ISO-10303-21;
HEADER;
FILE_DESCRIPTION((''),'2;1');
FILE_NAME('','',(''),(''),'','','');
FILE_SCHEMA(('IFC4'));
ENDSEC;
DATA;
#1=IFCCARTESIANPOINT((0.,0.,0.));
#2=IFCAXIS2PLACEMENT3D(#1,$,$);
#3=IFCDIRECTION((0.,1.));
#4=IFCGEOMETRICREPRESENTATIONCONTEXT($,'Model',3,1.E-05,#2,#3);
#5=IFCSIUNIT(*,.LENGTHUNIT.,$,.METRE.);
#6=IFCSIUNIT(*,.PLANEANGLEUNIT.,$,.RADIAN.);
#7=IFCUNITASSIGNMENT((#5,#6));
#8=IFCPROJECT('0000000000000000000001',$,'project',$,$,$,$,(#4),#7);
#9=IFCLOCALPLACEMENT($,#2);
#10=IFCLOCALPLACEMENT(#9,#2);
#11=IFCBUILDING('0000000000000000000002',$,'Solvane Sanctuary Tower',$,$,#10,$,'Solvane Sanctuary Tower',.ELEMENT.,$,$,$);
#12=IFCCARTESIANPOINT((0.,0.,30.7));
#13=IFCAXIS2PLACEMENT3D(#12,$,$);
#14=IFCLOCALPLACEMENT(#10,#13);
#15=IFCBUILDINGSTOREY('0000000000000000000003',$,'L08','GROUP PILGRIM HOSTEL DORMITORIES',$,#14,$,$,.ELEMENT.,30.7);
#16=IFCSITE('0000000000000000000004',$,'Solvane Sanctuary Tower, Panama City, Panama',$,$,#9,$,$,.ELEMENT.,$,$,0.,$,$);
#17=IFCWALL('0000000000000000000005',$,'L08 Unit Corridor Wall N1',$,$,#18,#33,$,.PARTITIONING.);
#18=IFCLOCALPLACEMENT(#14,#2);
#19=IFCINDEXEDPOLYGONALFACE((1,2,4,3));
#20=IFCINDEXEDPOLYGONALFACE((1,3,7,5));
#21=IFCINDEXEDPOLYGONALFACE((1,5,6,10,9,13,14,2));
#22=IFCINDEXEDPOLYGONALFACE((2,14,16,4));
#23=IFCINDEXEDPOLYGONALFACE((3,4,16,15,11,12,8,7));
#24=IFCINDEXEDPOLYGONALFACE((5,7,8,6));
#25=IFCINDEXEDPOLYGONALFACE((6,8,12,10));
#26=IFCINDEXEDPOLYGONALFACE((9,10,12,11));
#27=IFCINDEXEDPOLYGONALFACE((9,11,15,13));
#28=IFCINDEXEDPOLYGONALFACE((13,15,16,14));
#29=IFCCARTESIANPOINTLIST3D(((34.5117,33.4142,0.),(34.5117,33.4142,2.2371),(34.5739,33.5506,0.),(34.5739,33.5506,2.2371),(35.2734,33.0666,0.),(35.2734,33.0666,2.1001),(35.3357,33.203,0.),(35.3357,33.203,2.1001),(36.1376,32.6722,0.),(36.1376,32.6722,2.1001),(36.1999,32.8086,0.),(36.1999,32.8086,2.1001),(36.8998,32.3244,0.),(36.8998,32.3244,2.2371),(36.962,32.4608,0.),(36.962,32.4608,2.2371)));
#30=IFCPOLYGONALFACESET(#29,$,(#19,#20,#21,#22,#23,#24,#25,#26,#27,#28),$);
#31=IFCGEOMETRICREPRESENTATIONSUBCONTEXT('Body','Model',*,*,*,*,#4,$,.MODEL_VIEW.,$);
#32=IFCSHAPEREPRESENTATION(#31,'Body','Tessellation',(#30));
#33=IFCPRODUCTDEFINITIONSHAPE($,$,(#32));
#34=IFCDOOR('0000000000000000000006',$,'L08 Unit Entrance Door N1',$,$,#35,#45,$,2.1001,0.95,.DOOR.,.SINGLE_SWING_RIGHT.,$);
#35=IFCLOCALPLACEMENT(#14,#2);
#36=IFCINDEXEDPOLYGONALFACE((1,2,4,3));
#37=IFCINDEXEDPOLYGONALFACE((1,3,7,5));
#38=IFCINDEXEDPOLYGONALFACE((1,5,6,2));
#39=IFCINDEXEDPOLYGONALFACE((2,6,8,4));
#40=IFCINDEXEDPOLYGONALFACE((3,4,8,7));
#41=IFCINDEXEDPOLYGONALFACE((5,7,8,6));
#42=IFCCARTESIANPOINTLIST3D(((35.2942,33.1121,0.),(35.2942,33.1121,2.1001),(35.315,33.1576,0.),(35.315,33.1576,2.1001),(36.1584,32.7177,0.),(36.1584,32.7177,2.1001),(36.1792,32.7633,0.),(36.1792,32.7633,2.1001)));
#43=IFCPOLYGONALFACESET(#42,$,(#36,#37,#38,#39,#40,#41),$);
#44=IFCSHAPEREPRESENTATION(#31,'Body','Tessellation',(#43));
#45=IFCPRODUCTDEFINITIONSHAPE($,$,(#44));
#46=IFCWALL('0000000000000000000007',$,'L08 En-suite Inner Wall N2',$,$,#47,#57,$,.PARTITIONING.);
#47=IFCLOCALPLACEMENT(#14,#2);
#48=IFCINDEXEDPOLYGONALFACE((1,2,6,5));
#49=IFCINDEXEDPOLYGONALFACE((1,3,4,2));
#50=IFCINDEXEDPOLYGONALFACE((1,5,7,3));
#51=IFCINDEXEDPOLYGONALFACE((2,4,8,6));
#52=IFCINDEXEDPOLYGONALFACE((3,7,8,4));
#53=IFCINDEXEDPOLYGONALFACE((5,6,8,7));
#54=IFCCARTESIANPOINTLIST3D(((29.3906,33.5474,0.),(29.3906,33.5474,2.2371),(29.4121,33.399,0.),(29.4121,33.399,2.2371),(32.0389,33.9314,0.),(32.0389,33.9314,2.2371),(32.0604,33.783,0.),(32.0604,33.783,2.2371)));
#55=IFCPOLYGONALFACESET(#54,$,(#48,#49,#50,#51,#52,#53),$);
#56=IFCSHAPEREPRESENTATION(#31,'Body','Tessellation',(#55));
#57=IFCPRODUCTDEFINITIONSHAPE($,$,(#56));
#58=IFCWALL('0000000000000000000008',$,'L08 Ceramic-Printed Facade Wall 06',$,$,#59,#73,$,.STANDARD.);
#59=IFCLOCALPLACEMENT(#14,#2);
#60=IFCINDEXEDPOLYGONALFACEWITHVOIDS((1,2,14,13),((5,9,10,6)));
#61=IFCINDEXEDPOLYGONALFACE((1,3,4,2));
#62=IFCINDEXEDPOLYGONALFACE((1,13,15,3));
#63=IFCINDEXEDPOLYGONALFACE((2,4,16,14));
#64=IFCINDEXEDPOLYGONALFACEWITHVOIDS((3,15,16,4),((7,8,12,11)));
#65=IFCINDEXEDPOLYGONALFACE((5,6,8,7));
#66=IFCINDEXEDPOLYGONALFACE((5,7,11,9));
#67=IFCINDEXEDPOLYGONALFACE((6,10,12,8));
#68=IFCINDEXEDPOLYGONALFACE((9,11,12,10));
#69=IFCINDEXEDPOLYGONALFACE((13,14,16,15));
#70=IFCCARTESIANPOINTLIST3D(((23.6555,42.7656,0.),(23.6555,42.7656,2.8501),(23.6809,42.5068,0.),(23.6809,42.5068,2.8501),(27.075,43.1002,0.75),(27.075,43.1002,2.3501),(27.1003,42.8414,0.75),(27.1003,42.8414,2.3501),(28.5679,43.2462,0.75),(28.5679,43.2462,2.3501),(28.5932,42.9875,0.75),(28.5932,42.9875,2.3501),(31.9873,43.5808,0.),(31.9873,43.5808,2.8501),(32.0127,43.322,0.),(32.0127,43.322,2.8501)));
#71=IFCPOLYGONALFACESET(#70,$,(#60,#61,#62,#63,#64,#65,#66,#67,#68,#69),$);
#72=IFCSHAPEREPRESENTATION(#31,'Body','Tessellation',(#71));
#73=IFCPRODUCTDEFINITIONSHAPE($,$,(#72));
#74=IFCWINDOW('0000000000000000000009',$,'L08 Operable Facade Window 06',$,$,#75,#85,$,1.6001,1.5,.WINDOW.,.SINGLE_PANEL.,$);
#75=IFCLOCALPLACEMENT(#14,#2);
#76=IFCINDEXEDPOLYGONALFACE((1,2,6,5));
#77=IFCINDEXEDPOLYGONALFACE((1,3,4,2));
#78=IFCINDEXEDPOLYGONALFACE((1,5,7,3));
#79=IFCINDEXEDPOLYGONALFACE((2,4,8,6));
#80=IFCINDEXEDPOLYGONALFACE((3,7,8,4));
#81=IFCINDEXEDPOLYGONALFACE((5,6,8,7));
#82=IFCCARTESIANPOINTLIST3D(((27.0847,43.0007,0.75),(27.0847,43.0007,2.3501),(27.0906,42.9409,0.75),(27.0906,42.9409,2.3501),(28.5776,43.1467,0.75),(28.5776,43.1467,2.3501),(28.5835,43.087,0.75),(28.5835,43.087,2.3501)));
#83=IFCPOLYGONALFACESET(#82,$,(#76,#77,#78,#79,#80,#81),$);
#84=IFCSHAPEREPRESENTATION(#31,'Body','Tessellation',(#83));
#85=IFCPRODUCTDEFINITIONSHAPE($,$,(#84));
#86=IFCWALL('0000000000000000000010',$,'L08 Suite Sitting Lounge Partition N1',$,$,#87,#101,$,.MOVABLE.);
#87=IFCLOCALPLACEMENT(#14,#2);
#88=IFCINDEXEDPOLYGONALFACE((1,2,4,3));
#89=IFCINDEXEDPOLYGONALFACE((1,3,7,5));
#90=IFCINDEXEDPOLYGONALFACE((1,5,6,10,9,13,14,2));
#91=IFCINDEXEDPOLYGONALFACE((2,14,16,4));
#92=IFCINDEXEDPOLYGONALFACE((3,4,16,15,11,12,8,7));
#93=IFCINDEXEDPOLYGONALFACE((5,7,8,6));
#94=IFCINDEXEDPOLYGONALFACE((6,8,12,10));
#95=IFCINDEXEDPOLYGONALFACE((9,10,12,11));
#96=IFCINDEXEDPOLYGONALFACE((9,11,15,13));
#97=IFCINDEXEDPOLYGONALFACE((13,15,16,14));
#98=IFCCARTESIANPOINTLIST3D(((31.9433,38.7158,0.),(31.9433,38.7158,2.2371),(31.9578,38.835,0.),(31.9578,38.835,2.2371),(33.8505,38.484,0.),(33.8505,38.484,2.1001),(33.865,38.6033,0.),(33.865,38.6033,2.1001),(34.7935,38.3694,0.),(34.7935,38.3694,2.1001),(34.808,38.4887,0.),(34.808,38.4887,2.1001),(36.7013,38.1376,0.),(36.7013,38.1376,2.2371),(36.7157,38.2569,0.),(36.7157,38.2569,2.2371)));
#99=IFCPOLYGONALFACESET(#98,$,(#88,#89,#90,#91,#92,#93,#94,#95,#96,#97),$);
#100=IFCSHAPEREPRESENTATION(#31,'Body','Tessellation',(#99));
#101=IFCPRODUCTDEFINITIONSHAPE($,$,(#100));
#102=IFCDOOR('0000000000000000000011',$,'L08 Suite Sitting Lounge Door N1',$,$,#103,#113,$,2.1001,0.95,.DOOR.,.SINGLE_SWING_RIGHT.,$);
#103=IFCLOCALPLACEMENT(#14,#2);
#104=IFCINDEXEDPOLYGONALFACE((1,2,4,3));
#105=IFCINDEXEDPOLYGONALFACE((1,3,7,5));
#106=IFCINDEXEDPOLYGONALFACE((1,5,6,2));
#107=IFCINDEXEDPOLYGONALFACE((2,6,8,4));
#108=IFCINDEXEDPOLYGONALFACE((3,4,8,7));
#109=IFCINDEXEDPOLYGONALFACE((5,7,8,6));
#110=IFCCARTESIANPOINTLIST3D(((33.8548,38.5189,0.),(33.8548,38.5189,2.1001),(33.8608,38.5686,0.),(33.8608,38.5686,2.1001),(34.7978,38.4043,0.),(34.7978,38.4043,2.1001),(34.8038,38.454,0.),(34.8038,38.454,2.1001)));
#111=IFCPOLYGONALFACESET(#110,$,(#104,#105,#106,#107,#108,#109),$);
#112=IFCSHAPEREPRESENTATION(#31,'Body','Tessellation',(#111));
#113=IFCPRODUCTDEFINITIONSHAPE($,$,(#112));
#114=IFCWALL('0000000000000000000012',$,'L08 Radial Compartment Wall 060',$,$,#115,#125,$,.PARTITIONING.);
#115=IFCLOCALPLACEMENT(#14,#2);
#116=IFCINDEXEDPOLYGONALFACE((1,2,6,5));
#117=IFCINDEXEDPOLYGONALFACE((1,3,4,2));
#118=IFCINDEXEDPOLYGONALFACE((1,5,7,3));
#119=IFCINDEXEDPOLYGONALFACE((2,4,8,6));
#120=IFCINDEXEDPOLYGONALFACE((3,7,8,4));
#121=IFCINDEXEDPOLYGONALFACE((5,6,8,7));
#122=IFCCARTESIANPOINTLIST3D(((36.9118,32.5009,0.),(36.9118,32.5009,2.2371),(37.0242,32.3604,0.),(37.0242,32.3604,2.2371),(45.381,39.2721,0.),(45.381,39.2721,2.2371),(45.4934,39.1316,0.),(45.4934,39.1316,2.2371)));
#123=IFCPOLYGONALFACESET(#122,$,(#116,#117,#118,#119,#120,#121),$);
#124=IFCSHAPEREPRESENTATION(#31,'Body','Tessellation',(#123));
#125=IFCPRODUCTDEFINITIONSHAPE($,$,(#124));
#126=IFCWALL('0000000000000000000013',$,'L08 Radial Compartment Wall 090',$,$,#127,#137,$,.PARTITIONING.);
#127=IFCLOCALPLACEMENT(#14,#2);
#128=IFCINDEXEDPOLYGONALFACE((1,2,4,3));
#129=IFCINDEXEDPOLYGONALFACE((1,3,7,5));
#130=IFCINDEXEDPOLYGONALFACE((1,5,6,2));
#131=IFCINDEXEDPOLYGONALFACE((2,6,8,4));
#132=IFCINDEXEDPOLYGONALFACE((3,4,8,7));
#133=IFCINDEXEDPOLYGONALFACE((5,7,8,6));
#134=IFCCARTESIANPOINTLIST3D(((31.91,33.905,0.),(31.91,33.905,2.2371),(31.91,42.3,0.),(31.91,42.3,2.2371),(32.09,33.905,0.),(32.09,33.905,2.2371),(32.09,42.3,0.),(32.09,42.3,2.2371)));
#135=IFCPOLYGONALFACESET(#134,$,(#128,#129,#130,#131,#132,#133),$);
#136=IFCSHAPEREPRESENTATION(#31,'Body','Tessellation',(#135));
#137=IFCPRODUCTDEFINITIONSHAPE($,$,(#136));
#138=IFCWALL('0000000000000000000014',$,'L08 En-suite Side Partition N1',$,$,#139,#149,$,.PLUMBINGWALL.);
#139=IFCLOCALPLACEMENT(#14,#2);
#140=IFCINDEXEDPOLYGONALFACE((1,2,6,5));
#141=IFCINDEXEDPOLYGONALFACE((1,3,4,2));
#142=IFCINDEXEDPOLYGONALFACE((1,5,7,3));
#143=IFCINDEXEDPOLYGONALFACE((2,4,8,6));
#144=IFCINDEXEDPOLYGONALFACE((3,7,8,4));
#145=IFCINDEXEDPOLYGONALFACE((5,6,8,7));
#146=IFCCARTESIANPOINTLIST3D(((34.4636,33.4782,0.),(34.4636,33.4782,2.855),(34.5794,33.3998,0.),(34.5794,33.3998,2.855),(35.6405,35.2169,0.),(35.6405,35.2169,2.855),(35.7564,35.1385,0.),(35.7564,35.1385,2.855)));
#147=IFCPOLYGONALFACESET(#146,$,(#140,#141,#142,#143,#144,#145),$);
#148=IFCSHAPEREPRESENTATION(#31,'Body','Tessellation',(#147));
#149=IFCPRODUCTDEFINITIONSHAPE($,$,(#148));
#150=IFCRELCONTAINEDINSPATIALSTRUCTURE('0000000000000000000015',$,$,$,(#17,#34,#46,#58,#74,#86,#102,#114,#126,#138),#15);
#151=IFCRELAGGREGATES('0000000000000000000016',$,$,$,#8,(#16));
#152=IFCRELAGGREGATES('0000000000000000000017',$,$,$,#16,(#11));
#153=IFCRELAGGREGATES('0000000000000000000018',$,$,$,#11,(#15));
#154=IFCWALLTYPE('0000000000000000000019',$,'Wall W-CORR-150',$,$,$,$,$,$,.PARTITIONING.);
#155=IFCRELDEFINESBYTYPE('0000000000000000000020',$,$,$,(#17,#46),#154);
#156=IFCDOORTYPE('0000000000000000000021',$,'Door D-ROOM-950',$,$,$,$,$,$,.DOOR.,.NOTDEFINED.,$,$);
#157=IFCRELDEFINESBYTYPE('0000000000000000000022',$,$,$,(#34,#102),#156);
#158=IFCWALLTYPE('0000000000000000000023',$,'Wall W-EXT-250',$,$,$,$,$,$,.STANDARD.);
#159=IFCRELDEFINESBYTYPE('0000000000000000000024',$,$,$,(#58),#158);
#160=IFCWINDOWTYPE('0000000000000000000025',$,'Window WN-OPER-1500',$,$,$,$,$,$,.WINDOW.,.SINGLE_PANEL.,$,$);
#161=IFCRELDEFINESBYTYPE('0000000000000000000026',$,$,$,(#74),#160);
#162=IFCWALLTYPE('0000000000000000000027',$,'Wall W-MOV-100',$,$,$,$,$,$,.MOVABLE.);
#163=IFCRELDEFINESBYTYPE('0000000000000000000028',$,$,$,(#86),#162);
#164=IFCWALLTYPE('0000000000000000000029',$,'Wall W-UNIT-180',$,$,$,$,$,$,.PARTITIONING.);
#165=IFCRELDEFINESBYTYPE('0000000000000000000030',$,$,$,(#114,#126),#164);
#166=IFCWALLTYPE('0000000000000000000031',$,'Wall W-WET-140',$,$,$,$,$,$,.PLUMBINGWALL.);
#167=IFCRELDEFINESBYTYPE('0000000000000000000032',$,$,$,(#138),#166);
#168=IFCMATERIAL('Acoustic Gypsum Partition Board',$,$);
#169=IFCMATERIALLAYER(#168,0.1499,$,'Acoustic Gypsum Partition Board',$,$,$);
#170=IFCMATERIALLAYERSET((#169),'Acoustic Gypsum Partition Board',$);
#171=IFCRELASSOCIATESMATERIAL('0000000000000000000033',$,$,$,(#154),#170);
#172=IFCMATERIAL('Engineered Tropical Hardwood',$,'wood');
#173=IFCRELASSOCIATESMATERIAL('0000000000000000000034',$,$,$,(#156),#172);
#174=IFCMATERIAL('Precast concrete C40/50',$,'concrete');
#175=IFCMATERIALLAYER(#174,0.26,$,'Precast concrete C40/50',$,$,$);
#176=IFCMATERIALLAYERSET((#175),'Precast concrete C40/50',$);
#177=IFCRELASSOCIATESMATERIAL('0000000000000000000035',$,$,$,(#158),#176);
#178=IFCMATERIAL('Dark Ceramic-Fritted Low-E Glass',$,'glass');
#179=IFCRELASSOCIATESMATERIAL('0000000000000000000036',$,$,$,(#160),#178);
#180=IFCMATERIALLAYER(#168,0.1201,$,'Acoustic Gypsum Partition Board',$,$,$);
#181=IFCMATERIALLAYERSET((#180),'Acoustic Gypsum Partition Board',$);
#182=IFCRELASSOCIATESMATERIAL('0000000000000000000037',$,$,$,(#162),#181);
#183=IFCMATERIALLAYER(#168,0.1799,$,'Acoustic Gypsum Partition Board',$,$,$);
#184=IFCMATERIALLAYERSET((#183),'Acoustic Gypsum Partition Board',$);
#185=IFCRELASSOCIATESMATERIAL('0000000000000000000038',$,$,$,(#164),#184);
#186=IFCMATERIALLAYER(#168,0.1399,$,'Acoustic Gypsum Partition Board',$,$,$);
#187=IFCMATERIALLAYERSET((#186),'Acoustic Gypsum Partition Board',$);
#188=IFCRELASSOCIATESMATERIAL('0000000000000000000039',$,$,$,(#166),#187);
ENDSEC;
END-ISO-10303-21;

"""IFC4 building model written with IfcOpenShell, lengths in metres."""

from ifc_helpers import new_model, si_unit, direction, frame, frame_2d, origin, place, context, subcontext, project, spatial, rectangle, extrude, material, layer, layer_set, type_object, element, fill, save


model = new_model("IFC4")

# Units and contexts
model_context = context("Model", 3, precision=1e-05, world=origin(), true_north=direction((0.0, 1.0)))
body_context = subcontext(model_context, "Body", "Model", "MODEL_VIEW")
ifc_project = project(units=[si_unit("LENGTHUNIT", "METRE"), si_unit("PLANEANGLEUNIT", "RADIAN")], contexts=[model_context])

# Site, building, storey
site_placement = place(None, origin())
site = spatial("IfcSite", under=ifc_project, at=site_placement, Name="Solvane Sanctuary Tower, Panama City, Panama", CompositionType="ELEMENT", RefElevation=0.0)
building_placement = place(site_placement, origin())
building = spatial("IfcBuilding", under=site, at=building_placement, Name="Solvane Sanctuary Tower", LongName="Solvane Sanctuary Tower", CompositionType="ELEMENT")
storey_placement = place(building_placement, frame((0.0, 0.0, 30.7)))
storey = spatial("IfcBuildingStorey", under=building, at=storey_placement, Name="L08", Description="GROUP PILGRIM HOSTEL DORMITORIES", CompositionType="ELEMENT", Elevation=30.7)

# Shared definitions
ifc_material_1 = material(Name="Acoustic Gypsum Partition Board")
ifc_layer_1 = layer(ifc_material_1, 0.1499, Name="Acoustic Gypsum Partition Board")
ifc_layer_set_1 = layer_set([ifc_layer_1], Name="Acoustic Gypsum Partition Board")
wall_type_1 = type_object("IfcWallType", Name="Wall W-CORR-150", PredefinedType="PARTITIONING", material=ifc_layer_set_1)

# Shared definitions
ifc_material_2 = material(Name="Engineered Tropical Hardwood", Category="wood")

# Wall, opening, door
wall_1_placement = place(storey_placement, frame((36.9309, 32.3926, 0.0), z_axis=(0.0, 0.0, 1.0), x_axis=(-0.909748, 0.415162, 0.0)))
wall_1 = element("IfcWall", 1, at=wall_1_placement, inside=storey, type_object=wall_type_1, Name="L08 Unit Corridor Wall N1", PredefinedType="PARTITIONING", context=body_context, shape_type="SweptSolid", body=[
    extrude(rectangle(XDim=2.625, YDim=0.1499, at=frame_2d((1.3125, 0.0))), origin(), (0.0, 0.0, 1.0), 2.2371),
])
opening_1_placement = place(wall_1_placement, frame((0.8376, 0.0, 0.0)))
opening_1 = element("IfcOpeningElement", 2, at=opening_1_placement, cuts=wall_1, PredefinedType="OPENING", context=body_context, shape_type="SweptSolid", body=[
    extrude(rectangle(XDim=0.95, YDim=2.1001, at=frame_2d((0.4751, 1.05))), frame((0.0, 0.085, 0.0), z_axis=(0.0, -1.0, 0.0), x_axis=(1.0, 0.0, 0.0)), (0.0, 0.0, 1.0), 0.1699),
])
door_type_1 = type_object("IfcDoorType", Name="Door D-ROOM-950", OperationType="NOTDEFINED", PredefinedType="DOOR", material=ifc_material_2)
door_1_placement = place(opening_1_placement, origin())
door_1 = element("IfcDoor", 3, at=door_1_placement, inside=storey, type_object=door_type_1, Name="L08 Unit Entrance Door N1", OperationType="SINGLE_SWING_RIGHT", OverallHeight=2.1001, OverallWidth=0.95, PredefinedType="DOOR", context=body_context, shape_type="SweptSolid", body=[
    extrude(rectangle(XDim=0.95, YDim=2.1001, at=frame_2d((0.4751, 1.05))), frame((0.0, 0.0249, 0.0), z_axis=(0.0, -1.0, 0.0), x_axis=(1.0, 0.0, 0.0)), (0.0, 0.0, 1.0), 0.05),
])
fill(opening_1, door_1)

# Wall
wall_2_placement = place(storey_placement, frame((32.0496, 33.8572, 0.0), z_axis=(0.0, 0.0, 1.0), x_axis=(-0.98965, -0.143503, 0.0)))
element("IfcWall", 4, at=wall_2_placement, inside=storey, type_object=wall_type_1, Name="L08 En-suite Inner Wall N2", PredefinedType="PARTITIONING", context=body_context, shape_type="SweptSolid", body=[
    extrude(rectangle(XDim=2.676, YDim=0.1499, at=frame_2d((1.3379, 0.0))), origin(), (0.0, 0.0, 1.0), 2.2371),
])

# Wall, opening, window
ifc_material_3 = material(Name="Precast concrete C40/50", Category="concrete")
ifc_layer_2 = layer(ifc_material_3, 0.26, Name="Precast concrete C40/50")
ifc_layer_set_2 = layer_set([ifc_layer_2], Name="Precast concrete C40/50")
wall_type_2 = type_object("IfcWallType", Name="Wall W-EXT-250", PredefinedType="STANDARD", material=ifc_layer_set_2)
wall_3_placement = place(storey_placement, frame((32.0, 43.4514, 0.0), z_axis=(0.0, 0.0, 1.0), x_axis=(-0.995248, -0.097375, 0.0)))
wall_3 = element("IfcWall", 5, at=wall_3_placement, inside=storey, type_object=wall_type_2, Name="L08 Ceramic-Printed Facade Wall 06", PredefinedType="STANDARD", context=body_context, shape_type="SweptSolid", body=[
    extrude(rectangle(XDim=8.3716, YDim=0.26, at=frame_2d((4.1858, 0.0))), origin(), (0.0, 0.0, 1.0), 2.8501),
])
opening_2_placement = place(wall_3_placement, frame((3.4358, 0.0, 0.75)))
opening_2 = element("IfcOpeningElement", 6, at=opening_2_placement, cuts=wall_3, PredefinedType="OPENING", context=body_context, shape_type="SweptSolid", body=[
    extrude(rectangle(XDim=1.5, YDim=1.6001, at=frame_2d((0.75, 0.8))), frame((0.0, 0.1399, 0.0), z_axis=(0.0, -1.0, 0.0), x_axis=(1.0, 0.0, 0.0)), (0.0, 0.0, 1.0), 0.28),
])
ifc_material_4 = material(Name="Dark Ceramic-Fritted Low-E Glass", Category="glass")
window_type = type_object("IfcWindowType", Name="Window WN-OPER-1500", PartitioningType="SINGLE_PANEL", PredefinedType="WINDOW", material=ifc_material_4)
window_placement = place(opening_2_placement, origin())
window = element("IfcWindow", 7, at=window_placement, inside=storey, type_object=window_type, Name="L08 Operable Facade Window 06", OverallHeight=1.6001, OverallWidth=1.5, PartitioningType="SINGLE_PANEL", PredefinedType="WINDOW", context=body_context, shape_type="SweptSolid", body=[
    extrude(rectangle(XDim=1.5, YDim=1.6001, at=frame_2d((0.75, 0.8))), frame((0.0, 0.03, 0.0), z_axis=(0.0, -1.0, 0.0), x_axis=(1.0, 0.0, 0.0)), (0.0, 0.0, 1.0), 0.0601),
])
fill(opening_2, window)

# Wall, opening, door
ifc_layer_3 = layer(ifc_material_1, 0.1201, Name="Acoustic Gypsum Partition Board")
ifc_layer_set_3 = layer_set([ifc_layer_3], Name="Acoustic Gypsum Partition Board")
wall_type_3 = type_object("IfcWallType", Name="Wall W-MOV-100", PredefinedType="MOVABLE", material=ifc_layer_set_3)
wall_4_placement = place(storey_placement, frame((36.7085, 38.1973, 0.0), z_axis=(0.0, 0.0, 1.0), x_axis=(-0.992699, 0.120617, 0.0)))
wall_4 = element("IfcWall", 8, at=wall_4_placement, inside=storey, type_object=wall_type_3, Name="L08 Suite Sitting Lounge Partition N1", PredefinedType="MOVABLE", context=body_context, shape_type="SweptSolid", body=[
    extrude(rectangle(XDim=4.793, YDim=0.1201, at=frame_2d((2.3965, 0.0))), origin(), (0.0, 0.0, 1.0), 2.2371),
])
opening_3_placement = place(wall_4_placement, frame((1.9216, 0.0, 0.0)))
opening_3 = element("IfcOpeningElement", 9, at=opening_3_placement, cuts=wall_4, PredefinedType="OPENING", context=body_context, shape_type="SweptSolid", body=[
    extrude(rectangle(XDim=0.95, YDim=2.1001, at=frame_2d((0.4751, 1.05))), frame((0.0, 0.0701, 0.0), z_axis=(0.0, -1.0, 0.0), x_axis=(1.0, 0.0, 0.0)), (0.0, 0.0, 1.0), 0.1401),
])
door_2_placement = place(opening_3_placement, origin())
door_2 = element("IfcDoor", 10, at=door_2_placement, inside=storey, type_object=door_type_1, Name="L08 Suite Sitting Lounge Door N1", OperationType="SINGLE_SWING_RIGHT", OverallHeight=2.1001, OverallWidth=0.95, PredefinedType="DOOR", context=body_context, shape_type="SweptSolid", body=[
    extrude(rectangle(XDim=0.95, YDim=2.1001, at=frame_2d((0.4751, 1.05))), frame((0.0, 0.0249, 0.0), z_axis=(0.0, -1.0, 0.0), x_axis=(1.0, 0.0, 0.0)), (0.0, 0.0, 1.0), 0.05),
])
fill(opening_3, door_2)

# Walls
ifc_layer_4 = layer(ifc_material_1, 0.1799, Name="Acoustic Gypsum Partition Board")
ifc_layer_set_4 = layer_set([ifc_layer_4], Name="Acoustic Gypsum Partition Board")
wall_type_4 = type_object("IfcWallType", Name="Wall W-UNIT-180", PredefinedType="PARTITIONING", material=ifc_layer_set_4)
wall_5_placement = place(storey_placement, frame((36.968, 32.4307, 0.0), z_axis=(0.0, 0.0, 1.0), x_axis=(0.781055, 0.624462, 0.0)))
element("IfcWall", 11, at=wall_5_placement, inside=storey, type_object=wall_type_4, Name="L08 Radial Compartment Wall 060", PredefinedType="PARTITIONING", context=body_context, shape_type="SweptSolid", body=[
    extrude(rectangle(XDim=10.8433, YDim=0.1799, at=frame_2d((5.4216, 0.0))), origin(), (0.0, 0.0, 1.0), 2.2371),
])
wall_6_placement = place(storey_placement, frame((32.0, 33.905, 0.0), z_axis=(0.0, 0.0, 1.0), x_axis=(0.0, 1.0, 0.0)))
element("IfcWall", 12, at=wall_6_placement, inside=storey, type_object=wall_type_4, Name="L08 Radial Compartment Wall 090", PredefinedType="PARTITIONING", context=body_context, shape_type="SweptSolid", body=[
    extrude(rectangle(XDim=8.395, YDim=0.1799, at=frame_2d((4.1975, 0.0))), origin(), (0.0, 0.0, 1.0), 2.2371),
])
ifc_layer_5 = layer(ifc_material_1, 0.1399, Name="Acoustic Gypsum Partition Board")
ifc_layer_set_5 = layer_set([ifc_layer_5], Name="Acoustic Gypsum Partition Board")
wall_type_5 = type_object("IfcWallType", Name="Wall W-WET-140", PredefinedType="PLUMBINGWALL", material=ifc_layer_set_5)
wall_7_placement = place(storey_placement, frame((34.5215, 33.439, 0.0), z_axis=(0.0, 0.0, 1.0), x_axis=(0.560563, 0.828112, 0.0)))
element("IfcWall", 13, at=wall_7_placement, inside=storey, type_object=wall_type_5, Name="L08 En-suite Side Partition N1", PredefinedType="PLUMBINGWALL", context=body_context, shape_type="SweptSolid", body=[
    extrude(rectangle(XDim=2.0996, YDim=0.1399, at=frame_2d((1.0498, 0.0))), origin(), (0.0, 0.0, 1.0), 2.855),
])

save(model, "model.ifc")
